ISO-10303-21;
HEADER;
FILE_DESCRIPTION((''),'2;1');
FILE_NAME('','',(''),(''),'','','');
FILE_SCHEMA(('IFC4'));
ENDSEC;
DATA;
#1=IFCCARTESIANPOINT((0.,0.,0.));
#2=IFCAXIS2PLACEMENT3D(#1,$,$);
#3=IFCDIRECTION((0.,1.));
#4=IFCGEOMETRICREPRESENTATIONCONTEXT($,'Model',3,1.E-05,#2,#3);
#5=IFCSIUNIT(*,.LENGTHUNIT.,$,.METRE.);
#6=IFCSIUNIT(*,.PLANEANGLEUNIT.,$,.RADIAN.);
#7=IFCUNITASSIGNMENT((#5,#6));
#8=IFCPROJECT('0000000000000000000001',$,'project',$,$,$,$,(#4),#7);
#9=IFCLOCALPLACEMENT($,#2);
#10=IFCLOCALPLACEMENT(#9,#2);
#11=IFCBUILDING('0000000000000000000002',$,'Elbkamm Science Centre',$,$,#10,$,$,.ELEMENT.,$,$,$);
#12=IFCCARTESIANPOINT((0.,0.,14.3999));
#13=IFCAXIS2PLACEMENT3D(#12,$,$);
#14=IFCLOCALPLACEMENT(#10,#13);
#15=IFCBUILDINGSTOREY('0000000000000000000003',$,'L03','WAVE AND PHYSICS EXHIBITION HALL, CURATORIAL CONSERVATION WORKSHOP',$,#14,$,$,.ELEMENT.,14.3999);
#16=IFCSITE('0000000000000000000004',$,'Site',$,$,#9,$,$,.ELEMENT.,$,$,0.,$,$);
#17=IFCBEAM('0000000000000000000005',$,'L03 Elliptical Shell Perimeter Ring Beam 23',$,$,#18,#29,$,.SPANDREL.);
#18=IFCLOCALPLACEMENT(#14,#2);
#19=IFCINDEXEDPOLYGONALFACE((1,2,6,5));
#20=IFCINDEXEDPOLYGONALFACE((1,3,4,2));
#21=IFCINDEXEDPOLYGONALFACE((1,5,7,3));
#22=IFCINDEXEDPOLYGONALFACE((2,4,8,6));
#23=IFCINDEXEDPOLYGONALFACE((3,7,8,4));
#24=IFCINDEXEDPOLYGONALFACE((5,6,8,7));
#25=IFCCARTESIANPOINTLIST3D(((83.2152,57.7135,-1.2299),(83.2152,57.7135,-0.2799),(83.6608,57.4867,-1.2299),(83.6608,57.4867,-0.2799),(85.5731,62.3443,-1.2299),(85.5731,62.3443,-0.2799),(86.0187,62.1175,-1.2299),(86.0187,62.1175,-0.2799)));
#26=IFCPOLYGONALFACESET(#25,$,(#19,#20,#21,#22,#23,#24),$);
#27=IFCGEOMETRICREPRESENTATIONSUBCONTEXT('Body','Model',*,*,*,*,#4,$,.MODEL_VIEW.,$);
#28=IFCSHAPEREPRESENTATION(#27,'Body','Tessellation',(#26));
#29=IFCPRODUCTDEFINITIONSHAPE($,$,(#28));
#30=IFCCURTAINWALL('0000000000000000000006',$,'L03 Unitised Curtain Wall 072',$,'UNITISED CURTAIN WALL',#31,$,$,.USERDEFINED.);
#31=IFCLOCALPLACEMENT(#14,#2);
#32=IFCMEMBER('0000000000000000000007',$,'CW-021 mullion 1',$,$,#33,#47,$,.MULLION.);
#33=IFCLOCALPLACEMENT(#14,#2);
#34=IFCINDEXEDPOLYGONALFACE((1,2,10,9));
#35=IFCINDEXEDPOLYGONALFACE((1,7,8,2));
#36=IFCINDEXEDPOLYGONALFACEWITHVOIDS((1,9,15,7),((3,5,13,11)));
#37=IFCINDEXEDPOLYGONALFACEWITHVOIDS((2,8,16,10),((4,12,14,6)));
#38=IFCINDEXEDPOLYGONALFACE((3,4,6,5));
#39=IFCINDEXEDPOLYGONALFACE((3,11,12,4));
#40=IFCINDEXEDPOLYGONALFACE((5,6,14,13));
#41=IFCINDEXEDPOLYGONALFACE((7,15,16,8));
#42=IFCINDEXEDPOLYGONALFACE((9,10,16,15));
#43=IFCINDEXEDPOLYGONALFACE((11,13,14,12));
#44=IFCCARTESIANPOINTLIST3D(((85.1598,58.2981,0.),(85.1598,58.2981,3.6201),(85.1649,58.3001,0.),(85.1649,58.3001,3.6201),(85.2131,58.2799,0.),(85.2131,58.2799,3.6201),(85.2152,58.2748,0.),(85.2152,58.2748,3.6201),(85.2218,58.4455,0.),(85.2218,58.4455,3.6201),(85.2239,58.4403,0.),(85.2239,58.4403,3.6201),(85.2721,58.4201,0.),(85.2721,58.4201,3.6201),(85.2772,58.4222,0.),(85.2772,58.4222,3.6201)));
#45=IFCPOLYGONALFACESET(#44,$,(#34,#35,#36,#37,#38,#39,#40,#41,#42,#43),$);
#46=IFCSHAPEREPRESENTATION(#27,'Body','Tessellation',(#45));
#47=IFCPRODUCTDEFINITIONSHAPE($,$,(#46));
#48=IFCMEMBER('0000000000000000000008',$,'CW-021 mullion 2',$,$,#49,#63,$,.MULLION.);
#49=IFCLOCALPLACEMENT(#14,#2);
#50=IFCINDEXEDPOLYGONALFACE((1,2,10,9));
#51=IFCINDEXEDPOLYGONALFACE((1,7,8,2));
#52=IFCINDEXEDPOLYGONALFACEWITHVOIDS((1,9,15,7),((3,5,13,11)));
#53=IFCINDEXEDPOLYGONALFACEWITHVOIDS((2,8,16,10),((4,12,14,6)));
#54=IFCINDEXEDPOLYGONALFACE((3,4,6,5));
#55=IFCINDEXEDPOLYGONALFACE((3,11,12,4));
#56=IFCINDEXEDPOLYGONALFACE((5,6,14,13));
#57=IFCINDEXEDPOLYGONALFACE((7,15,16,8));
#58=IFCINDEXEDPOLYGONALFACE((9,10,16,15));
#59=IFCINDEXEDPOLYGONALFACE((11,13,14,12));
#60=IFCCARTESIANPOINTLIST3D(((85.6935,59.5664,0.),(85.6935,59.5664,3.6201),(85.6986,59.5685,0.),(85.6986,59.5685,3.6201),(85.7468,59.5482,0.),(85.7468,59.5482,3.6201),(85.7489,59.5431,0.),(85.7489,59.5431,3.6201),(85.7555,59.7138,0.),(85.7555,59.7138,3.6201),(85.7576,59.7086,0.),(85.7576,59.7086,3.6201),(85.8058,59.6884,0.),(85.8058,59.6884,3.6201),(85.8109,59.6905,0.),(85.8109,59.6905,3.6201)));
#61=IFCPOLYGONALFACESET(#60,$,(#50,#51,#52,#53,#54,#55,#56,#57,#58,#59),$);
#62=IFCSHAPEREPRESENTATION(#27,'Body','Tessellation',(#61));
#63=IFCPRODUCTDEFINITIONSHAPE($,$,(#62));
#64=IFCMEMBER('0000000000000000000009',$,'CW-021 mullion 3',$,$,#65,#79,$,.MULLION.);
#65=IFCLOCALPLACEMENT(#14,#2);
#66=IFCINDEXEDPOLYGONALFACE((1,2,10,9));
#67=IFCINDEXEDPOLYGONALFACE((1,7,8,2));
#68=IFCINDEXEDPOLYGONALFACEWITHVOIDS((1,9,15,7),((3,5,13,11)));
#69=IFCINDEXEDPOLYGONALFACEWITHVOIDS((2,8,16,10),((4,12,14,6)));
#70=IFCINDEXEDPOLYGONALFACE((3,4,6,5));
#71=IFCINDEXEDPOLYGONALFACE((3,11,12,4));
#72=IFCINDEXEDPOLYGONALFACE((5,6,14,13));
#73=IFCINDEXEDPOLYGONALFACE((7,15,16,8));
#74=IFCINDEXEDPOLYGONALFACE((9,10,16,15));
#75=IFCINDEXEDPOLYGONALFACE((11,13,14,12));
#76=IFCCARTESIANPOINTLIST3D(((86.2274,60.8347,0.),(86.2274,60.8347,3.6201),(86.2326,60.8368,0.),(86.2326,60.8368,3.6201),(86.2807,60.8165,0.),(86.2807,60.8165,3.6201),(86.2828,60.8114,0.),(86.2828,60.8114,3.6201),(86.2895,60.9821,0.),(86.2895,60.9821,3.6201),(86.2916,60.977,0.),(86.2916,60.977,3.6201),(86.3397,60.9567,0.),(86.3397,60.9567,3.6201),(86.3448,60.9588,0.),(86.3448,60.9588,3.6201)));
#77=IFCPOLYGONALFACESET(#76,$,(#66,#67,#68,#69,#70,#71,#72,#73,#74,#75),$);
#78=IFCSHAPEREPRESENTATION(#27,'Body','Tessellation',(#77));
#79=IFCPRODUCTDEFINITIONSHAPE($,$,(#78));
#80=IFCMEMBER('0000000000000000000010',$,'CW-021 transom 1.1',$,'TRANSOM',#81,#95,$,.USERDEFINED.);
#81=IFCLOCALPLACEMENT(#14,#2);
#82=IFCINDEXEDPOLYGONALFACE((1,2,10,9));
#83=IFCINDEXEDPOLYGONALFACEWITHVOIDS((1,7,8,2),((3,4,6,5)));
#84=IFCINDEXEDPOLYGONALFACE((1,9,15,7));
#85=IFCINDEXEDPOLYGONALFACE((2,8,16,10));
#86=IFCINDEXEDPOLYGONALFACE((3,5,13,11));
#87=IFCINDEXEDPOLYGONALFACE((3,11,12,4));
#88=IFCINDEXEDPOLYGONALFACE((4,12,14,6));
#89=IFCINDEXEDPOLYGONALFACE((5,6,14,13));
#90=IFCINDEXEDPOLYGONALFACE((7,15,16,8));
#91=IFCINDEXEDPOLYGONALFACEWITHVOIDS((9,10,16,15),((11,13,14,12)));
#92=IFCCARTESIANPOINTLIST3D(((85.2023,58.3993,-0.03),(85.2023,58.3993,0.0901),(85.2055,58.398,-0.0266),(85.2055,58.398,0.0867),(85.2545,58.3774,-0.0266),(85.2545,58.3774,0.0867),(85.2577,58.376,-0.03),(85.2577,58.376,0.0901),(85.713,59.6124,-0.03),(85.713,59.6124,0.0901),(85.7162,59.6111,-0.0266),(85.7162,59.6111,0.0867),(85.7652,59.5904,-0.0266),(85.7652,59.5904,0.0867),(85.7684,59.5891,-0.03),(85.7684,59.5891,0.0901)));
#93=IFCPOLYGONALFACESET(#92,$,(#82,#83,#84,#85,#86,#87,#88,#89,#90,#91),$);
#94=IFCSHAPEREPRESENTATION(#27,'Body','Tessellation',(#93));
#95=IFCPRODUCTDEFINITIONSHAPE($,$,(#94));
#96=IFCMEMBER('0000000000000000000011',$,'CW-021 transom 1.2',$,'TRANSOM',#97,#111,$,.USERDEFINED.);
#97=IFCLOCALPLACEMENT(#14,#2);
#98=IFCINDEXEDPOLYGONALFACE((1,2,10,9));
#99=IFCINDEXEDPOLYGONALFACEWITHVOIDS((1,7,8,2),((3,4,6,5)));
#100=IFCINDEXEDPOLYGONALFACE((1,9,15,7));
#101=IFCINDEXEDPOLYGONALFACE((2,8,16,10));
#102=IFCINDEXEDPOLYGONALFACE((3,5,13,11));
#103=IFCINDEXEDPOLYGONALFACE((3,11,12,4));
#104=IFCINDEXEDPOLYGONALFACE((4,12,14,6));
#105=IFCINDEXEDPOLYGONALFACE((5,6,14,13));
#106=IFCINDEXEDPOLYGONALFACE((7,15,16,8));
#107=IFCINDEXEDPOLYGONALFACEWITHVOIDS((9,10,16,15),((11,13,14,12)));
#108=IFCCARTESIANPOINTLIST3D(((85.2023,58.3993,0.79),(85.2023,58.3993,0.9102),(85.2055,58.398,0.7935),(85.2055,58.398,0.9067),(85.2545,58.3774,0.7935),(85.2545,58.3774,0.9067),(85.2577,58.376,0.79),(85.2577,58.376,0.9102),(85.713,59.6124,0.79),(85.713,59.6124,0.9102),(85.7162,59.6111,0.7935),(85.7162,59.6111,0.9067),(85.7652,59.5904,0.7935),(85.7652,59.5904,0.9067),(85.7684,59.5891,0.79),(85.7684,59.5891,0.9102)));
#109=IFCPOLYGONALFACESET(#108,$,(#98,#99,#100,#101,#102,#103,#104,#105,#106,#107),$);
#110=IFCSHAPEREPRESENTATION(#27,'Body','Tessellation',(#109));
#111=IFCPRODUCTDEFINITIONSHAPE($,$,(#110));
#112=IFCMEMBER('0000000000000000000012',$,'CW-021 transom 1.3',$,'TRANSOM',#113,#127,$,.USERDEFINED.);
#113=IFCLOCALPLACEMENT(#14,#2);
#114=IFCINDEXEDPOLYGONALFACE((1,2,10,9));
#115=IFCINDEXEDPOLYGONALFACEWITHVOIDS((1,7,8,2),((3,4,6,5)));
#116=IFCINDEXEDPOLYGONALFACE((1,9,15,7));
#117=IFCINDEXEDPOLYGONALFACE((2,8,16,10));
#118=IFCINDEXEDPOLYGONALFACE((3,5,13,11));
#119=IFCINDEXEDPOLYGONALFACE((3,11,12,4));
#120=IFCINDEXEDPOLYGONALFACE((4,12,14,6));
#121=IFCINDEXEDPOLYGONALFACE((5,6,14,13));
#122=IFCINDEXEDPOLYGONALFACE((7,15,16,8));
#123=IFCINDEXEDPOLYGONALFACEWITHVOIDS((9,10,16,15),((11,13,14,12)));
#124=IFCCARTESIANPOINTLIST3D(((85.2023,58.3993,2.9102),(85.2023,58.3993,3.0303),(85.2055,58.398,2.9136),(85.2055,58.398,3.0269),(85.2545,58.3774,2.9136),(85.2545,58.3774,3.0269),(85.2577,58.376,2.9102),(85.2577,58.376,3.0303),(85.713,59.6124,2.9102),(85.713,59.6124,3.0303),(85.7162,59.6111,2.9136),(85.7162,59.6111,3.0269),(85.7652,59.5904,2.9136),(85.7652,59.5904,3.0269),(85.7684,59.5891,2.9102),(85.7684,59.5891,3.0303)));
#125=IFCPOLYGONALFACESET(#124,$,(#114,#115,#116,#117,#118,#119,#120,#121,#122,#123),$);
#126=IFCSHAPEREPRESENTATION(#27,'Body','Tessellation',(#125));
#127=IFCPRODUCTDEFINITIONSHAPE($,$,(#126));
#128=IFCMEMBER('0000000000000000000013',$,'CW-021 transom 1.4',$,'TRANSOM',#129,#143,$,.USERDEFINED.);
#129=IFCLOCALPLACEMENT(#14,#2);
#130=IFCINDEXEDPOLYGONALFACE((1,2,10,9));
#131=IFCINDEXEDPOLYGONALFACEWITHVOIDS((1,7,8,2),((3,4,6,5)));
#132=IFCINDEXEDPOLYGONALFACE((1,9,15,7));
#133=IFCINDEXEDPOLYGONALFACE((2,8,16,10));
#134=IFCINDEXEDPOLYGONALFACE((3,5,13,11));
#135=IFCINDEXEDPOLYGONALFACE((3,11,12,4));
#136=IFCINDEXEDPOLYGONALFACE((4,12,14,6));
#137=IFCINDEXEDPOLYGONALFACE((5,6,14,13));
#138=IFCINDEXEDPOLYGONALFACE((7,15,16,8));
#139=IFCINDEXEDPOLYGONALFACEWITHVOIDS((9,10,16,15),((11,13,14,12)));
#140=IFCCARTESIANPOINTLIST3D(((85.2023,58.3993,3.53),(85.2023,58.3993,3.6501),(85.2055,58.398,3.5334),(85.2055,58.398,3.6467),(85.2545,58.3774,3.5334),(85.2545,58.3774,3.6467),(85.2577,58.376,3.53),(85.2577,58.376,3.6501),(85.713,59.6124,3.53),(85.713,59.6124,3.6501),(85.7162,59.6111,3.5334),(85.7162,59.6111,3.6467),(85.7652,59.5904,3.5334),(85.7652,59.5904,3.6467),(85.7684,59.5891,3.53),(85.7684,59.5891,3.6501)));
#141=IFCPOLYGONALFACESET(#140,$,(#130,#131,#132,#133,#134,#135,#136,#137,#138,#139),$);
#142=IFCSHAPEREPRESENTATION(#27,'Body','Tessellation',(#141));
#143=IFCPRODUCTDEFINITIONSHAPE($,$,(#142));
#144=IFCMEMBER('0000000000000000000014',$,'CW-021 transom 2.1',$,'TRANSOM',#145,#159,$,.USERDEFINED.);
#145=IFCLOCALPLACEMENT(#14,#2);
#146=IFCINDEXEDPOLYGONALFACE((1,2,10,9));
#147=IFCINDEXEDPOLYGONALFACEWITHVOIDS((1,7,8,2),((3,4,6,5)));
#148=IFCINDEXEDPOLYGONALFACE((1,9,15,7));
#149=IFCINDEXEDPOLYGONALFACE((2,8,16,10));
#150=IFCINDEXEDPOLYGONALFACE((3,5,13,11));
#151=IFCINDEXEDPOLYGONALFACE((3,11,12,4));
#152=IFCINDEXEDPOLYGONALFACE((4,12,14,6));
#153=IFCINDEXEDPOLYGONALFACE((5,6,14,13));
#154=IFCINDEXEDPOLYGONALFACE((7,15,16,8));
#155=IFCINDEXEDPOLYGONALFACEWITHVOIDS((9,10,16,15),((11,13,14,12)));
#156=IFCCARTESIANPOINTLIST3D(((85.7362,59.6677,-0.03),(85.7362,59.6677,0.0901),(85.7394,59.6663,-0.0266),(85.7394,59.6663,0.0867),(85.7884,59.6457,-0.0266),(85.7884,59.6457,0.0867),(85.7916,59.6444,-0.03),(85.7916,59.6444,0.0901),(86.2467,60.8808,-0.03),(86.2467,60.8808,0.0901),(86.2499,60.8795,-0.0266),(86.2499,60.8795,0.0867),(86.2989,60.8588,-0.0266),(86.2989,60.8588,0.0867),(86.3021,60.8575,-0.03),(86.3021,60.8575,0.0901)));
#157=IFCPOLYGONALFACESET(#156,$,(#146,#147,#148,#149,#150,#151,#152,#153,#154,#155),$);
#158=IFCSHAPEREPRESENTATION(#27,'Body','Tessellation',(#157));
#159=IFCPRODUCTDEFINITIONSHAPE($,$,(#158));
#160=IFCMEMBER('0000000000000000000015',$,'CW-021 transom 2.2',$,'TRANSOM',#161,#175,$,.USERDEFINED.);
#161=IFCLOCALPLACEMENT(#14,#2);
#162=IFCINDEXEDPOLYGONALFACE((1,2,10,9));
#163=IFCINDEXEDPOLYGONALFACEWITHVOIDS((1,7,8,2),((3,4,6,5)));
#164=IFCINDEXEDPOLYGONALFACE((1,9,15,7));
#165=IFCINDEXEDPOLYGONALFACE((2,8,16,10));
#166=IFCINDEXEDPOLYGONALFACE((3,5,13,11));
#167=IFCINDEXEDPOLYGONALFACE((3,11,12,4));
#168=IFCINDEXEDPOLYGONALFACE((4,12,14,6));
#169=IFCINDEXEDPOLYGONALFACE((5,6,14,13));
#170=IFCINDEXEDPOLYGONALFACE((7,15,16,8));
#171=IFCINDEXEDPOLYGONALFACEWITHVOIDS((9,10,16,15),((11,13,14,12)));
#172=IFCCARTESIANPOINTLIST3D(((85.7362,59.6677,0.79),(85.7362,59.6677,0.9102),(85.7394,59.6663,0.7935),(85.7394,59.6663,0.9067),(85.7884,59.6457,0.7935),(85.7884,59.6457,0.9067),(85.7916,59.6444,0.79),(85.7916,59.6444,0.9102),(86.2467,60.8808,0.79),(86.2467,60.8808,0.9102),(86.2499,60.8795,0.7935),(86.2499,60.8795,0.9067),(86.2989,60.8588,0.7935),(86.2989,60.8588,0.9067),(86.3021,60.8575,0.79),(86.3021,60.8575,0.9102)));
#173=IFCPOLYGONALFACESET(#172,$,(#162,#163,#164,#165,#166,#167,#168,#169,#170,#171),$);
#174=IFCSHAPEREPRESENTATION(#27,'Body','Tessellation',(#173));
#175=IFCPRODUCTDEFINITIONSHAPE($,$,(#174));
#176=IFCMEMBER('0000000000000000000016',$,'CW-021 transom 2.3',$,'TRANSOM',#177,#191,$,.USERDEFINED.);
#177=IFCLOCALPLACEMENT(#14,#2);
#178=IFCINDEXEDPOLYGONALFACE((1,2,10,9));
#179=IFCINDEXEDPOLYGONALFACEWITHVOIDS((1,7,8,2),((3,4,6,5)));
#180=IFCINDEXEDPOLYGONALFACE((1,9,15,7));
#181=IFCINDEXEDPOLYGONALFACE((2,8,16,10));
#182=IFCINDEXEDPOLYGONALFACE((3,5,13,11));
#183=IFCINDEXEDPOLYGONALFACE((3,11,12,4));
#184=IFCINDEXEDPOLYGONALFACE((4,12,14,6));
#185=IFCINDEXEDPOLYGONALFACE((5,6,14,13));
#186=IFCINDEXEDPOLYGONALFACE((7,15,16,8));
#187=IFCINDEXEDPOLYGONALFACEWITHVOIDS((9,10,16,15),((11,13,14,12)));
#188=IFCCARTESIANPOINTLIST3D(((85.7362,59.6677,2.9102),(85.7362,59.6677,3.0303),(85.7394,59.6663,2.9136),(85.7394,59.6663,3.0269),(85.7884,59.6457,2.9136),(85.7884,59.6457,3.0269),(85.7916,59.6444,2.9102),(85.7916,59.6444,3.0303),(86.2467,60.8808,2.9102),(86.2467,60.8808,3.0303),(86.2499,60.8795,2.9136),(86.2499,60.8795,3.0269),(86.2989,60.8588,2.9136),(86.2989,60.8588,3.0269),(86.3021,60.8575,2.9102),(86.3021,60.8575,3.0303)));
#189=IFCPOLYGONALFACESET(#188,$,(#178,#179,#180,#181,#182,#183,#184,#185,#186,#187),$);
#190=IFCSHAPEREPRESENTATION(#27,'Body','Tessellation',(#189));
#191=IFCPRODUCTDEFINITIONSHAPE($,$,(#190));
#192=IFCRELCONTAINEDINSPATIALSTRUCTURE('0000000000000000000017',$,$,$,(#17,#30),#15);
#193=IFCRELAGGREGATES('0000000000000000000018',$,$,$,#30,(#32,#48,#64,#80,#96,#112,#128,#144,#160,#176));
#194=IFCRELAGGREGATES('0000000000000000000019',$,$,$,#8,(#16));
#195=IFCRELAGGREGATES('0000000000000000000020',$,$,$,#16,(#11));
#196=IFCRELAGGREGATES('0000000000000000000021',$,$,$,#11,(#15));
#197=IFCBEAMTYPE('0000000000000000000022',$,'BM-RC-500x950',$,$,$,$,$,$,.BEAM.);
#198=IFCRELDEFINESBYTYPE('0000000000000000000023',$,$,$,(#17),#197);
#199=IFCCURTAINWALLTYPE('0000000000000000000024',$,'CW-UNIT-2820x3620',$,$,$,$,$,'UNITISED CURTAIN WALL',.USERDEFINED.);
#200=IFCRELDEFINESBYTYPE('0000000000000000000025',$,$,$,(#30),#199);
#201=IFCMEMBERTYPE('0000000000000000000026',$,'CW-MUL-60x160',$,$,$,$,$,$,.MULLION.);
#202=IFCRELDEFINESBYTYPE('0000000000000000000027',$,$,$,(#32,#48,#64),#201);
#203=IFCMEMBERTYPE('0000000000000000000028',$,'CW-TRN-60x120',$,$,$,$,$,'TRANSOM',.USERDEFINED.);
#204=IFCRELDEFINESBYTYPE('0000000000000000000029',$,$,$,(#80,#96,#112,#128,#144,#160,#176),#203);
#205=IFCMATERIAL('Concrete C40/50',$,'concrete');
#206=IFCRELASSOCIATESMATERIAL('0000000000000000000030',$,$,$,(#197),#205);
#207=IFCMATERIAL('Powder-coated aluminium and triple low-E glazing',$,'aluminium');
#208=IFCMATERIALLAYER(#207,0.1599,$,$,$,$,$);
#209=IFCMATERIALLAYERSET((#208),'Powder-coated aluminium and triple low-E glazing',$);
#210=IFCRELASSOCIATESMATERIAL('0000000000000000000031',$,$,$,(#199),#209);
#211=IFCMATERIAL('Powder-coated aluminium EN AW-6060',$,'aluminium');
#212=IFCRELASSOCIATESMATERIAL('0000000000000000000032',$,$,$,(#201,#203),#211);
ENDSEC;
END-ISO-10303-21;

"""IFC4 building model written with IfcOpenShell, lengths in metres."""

from ifc_helpers import new_model, si_unit, direction, frame, origin, origin_2d, place, context, subcontext, project, spatial, rectangle, hollow_rectangle, extrude, material, layer, layer_set, material_profile, profile_set, type_object, element, aggregate, save


model = new_model("IFC4")

# Units and contexts
model_context = context("Model", 3, precision=1e-05, world=origin(), true_north=direction((0.0, 1.0)))
body_context = subcontext(model_context, "Body", "Model", "MODEL_VIEW")
ifc_project = project(units=[si_unit("LENGTHUNIT", "METRE"), si_unit("PLANEANGLEUNIT", "RADIAN")], contexts=[model_context])

# Site, building, storey
site_placement = place(None, origin())
site = spatial("IfcSite", under=ifc_project, at=site_placement, Name="Site", CompositionType="ELEMENT", RefElevation=0.0)
building_placement = place(site_placement, origin())
building = spatial("IfcBuilding", under=site, at=building_placement, Name="Elbkamm Science Centre", CompositionType="ELEMENT")
storey_placement = place(building_placement, frame((0.0, 0.0, 14.3999)))
storey = spatial("IfcBuildingStorey", under=building, at=storey_placement, Name="L03", Description="WAVE AND PHYSICS EXHIBITION HALL, CURATORIAL CONSERVATION WORKSHOP", CompositionType="ELEMENT", Elevation=14.3999)

# Beam
ifc_material_1 = material(Name="Concrete C40/50", Category="concrete")
ifc_material_profile_1 = material_profile(ifc_material_1, rectangle(XDim=0.5, YDim=0.95, at=origin_2d()), Name="RC 500x950")
ifc_profile_set_1 = profile_set([ifc_material_profile_1], Name="Concrete C40/50")
beam_type = type_object("IfcBeamType", Name="BM-RC-500x950", PredefinedType="BEAM", material=ifc_profile_set_1)
beam_placement = place(storey_placement, frame((83.438, 57.6001, -0.7549), z_axis=(0.453741, 0.891133, 0.0), x_axis=(-0.891133, 0.453741, 0.0)))
element("IfcBeam", 1, at=beam_placement, inside=storey, type_object=beam_type, Name="L03 Elliptical Shell Perimeter Ring Beam 23", PredefinedType="SPANDREL", context=body_context, shape_type="SweptSolid", body=[
    extrude(rectangle(XDim=0.5, YDim=0.95, at=origin_2d()), origin(), (0.0, 0.0, 1.0), 5.1965),
])

# Curtain wall, members
ifc_material_2 = material(Name="Powder-coated aluminium and triple low-E glazing", Category="aluminium")
ifc_layer_1 = layer(ifc_material_2, 0.1599)
ifc_layer_set_1 = layer_set([ifc_layer_1], Name="Powder-coated aluminium and triple low-E glazing")
curtain_wall_type = type_object("IfcCurtainWallType", Name="CW-UNIT-2820x3620", ElementType="UNITISED CURTAIN WALL", PredefinedType="USERDEFINED", material=ifc_layer_set_1)
curtain_wall_placement = place(storey_placement, origin())
curtain_wall = element("IfcCurtainWall", 2, at=curtain_wall_placement, inside=storey, type_object=curtain_wall_type, Name="L03 Unitised Curtain Wall 072", ObjectType="UNITISED CURTAIN WALL", PredefinedType="USERDEFINED")
ifc_material_3 = material(Name="Powder-coated aluminium EN AW-6060", Category="aluminium")
ifc_material_profile_2 = material_profile(ifc_material_3, hollow_rectangle(XDim=0.0601, YDim=0.1599, WallThickness=0.0039, at=origin_2d()), Name="ALU M60x160")
ifc_profile_set_2 = profile_set([ifc_material_profile_2], Name="Powder-coated aluminium EN AW-6060")
member_type_1 = type_object("IfcMemberType", Name="CW-MUL-60x160", PredefinedType="MULLION", material=ifc_profile_set_2)
member_1_placement = place(storey_placement, frame((85.2185, 58.3601, 0.0), z_axis=(0.0, 0.0, 1.0), x_axis=(-0.921677, 0.387958, 0.0)))
member_1 = element("IfcMember", 3, at=member_1_placement, type_object=member_type_1, Name="CW-021 mullion 1", PredefinedType="MULLION", context=body_context, shape_type="SweptSolid", body=[
    extrude(hollow_rectangle(XDim=0.0601, YDim=0.1599, WallThickness=0.0039, at=origin_2d()), origin(), (0.0, 0.0, 1.0), 3.6201),
])
member_2_placement = place(storey_placement, frame((85.7522, 59.6284, 0.0), z_axis=(0.0, 0.0, 1.0), x_axis=(-0.921677, 0.387958, 0.0)))
member_2 = element("IfcMember", 4, at=member_2_placement, type_object=member_type_1, Name="CW-021 mullion 2", PredefinedType="MULLION", context=body_context, shape_type="SweptSolid", body=[
    extrude(hollow_rectangle(XDim=0.0601, YDim=0.1599, WallThickness=0.0039, at=origin_2d()), origin(), (0.0, 0.0, 1.0), 3.6201),
])
member_3_placement = place(storey_placement, frame((86.2861, 60.8967, 0.0), z_axis=(0.0, 0.0, 1.0), x_axis=(-0.921677, 0.387958, 0.0)))
member_3 = element("IfcMember", 5, at=member_3_placement, type_object=member_type_1, Name="CW-021 mullion 3", PredefinedType="MULLION", context=body_context, shape_type="SweptSolid", body=[
    extrude(hollow_rectangle(XDim=0.0601, YDim=0.1599, WallThickness=0.0039, at=origin_2d()), origin(), (0.0, 0.0, 1.0), 3.6201),
])
ifc_material_profile_3 = material_profile(ifc_material_3, hollow_rectangle(XDim=0.0601, YDim=0.1201, WallThickness=0.0034, at=origin_2d()), Name="ALU T60x120")
ifc_profile_set_3 = profile_set([ifc_material_profile_3], Name="Powder-coated aluminium EN AW-6060")
member_type_2 = type_object("IfcMemberType", Name="CW-TRN-60x120", ElementType="TRANSOM", PredefinedType="USERDEFINED", material=ifc_profile_set_3)
member_4_placement = place(storey_placement, frame((85.23, 58.3877, 0.03), z_axis=(0.388024, 0.921649, 0.0), x_axis=(-0.921649, 0.388024, 0.0)))
member_4 = element("IfcMember", 6, at=member_4_placement, type_object=member_type_2, Name="CW-021 transom 1.1", ObjectType="TRANSOM", PredefinedType="USERDEFINED", context=body_context, shape_type="SweptSolid", body=[
    extrude(hollow_rectangle(XDim=0.0601, YDim=0.1201, WallThickness=0.0034, at=origin_2d()), origin(), (0.0, 0.0, 1.0), 1.3162),
])
member_5_placement = place(storey_placement, frame((85.23, 58.3877, 0.8501), z_axis=(0.388024, 0.921649, 0.0), x_axis=(-0.921649, 0.388024, 0.0)))
member_5 = element("IfcMember", 7, at=member_5_placement, type_object=member_type_2, Name="CW-021 transom 1.2", ObjectType="TRANSOM", PredefinedType="USERDEFINED", context=body_context, shape_type="SweptSolid", body=[
    extrude(hollow_rectangle(XDim=0.0601, YDim=0.1201, WallThickness=0.0034, at=origin_2d()), origin(), (0.0, 0.0, 1.0), 1.3162),
])
member_6_placement = place(storey_placement, frame((85.23, 58.3877, 2.9702), z_axis=(0.388024, 0.921649, 0.0), x_axis=(-0.921649, 0.388024, 0.0)))
member_6 = element("IfcMember", 8, at=member_6_placement, type_object=member_type_2, Name="CW-021 transom 1.3", ObjectType="TRANSOM", PredefinedType="USERDEFINED", context=body_context, shape_type="SweptSolid", body=[
    extrude(hollow_rectangle(XDim=0.0601, YDim=0.1201, WallThickness=0.0034, at=origin_2d()), origin(), (0.0, 0.0, 1.0), 1.3162),
])
member_7_placement = place(storey_placement, frame((85.23, 58.3877, 3.5901), z_axis=(0.388024, 0.921649, 0.0), x_axis=(-0.921649, 0.388024, 0.0)))
member_7 = element("IfcMember", 9, at=member_7_placement, type_object=member_type_2, Name="CW-021 transom 1.4", ObjectType="TRANSOM", PredefinedType="USERDEFINED", context=body_context, shape_type="SweptSolid", body=[
    extrude(hollow_rectangle(XDim=0.0601, YDim=0.1201, WallThickness=0.0034, at=origin_2d()), origin(), (0.0, 0.0, 1.0), 1.3162),
])
member_8_placement = place(storey_placement, frame((85.7639, 59.656, 0.03), z_axis=(0.387866, 0.921716, 0.0), x_axis=(-0.921716, 0.387866, 0.0)))
member_8 = element("IfcMember", 10, at=member_8_placement, type_object=member_type_2, Name="CW-021 transom 2.1", ObjectType="TRANSOM", PredefinedType="USERDEFINED", context=body_context, shape_type="SweptSolid", body=[
    extrude(hollow_rectangle(XDim=0.0601, YDim=0.1201, WallThickness=0.0034, at=origin_2d()), origin(), (0.0, 0.0, 1.0), 1.3162),
])
member_9_placement = place(storey_placement, frame((85.7639, 59.656, 0.8501), z_axis=(0.387866, 0.921716, 0.0), x_axis=(-0.921716, 0.387866, 0.0)))
member_9 = element("IfcMember", 11, at=member_9_placement, type_object=member_type_2, Name="CW-021 transom 2.2", ObjectType="TRANSOM", PredefinedType="USERDEFINED", context=body_context, shape_type="SweptSolid", body=[
    extrude(hollow_rectangle(XDim=0.0601, YDim=0.1201, WallThickness=0.0034, at=origin_2d()), origin(), (0.0, 0.0, 1.0), 1.3162),
])
member_10_placement = place(storey_placement, frame((85.7639, 59.656, 2.9702), z_axis=(0.387866, 0.921716, 0.0), x_axis=(-0.921716, 0.387866, 0.0)))
member_10 = element("IfcMember", 12, at=member_10_placement, type_object=member_type_2, Name="CW-021 transom 2.3", ObjectType="TRANSOM", PredefinedType="USERDEFINED", context=body_context, shape_type="SweptSolid", body=[
    extrude(hollow_rectangle(XDim=0.0601, YDim=0.1201, WallThickness=0.0034, at=origin_2d()), origin(), (0.0, 0.0, 1.0), 1.3162),
])
aggregate(curtain_wall, [member_1, member_2, member_3, member_4, member_5, member_6, member_7, member_8, member_9, member_10])

save(model, "model.ifc")
